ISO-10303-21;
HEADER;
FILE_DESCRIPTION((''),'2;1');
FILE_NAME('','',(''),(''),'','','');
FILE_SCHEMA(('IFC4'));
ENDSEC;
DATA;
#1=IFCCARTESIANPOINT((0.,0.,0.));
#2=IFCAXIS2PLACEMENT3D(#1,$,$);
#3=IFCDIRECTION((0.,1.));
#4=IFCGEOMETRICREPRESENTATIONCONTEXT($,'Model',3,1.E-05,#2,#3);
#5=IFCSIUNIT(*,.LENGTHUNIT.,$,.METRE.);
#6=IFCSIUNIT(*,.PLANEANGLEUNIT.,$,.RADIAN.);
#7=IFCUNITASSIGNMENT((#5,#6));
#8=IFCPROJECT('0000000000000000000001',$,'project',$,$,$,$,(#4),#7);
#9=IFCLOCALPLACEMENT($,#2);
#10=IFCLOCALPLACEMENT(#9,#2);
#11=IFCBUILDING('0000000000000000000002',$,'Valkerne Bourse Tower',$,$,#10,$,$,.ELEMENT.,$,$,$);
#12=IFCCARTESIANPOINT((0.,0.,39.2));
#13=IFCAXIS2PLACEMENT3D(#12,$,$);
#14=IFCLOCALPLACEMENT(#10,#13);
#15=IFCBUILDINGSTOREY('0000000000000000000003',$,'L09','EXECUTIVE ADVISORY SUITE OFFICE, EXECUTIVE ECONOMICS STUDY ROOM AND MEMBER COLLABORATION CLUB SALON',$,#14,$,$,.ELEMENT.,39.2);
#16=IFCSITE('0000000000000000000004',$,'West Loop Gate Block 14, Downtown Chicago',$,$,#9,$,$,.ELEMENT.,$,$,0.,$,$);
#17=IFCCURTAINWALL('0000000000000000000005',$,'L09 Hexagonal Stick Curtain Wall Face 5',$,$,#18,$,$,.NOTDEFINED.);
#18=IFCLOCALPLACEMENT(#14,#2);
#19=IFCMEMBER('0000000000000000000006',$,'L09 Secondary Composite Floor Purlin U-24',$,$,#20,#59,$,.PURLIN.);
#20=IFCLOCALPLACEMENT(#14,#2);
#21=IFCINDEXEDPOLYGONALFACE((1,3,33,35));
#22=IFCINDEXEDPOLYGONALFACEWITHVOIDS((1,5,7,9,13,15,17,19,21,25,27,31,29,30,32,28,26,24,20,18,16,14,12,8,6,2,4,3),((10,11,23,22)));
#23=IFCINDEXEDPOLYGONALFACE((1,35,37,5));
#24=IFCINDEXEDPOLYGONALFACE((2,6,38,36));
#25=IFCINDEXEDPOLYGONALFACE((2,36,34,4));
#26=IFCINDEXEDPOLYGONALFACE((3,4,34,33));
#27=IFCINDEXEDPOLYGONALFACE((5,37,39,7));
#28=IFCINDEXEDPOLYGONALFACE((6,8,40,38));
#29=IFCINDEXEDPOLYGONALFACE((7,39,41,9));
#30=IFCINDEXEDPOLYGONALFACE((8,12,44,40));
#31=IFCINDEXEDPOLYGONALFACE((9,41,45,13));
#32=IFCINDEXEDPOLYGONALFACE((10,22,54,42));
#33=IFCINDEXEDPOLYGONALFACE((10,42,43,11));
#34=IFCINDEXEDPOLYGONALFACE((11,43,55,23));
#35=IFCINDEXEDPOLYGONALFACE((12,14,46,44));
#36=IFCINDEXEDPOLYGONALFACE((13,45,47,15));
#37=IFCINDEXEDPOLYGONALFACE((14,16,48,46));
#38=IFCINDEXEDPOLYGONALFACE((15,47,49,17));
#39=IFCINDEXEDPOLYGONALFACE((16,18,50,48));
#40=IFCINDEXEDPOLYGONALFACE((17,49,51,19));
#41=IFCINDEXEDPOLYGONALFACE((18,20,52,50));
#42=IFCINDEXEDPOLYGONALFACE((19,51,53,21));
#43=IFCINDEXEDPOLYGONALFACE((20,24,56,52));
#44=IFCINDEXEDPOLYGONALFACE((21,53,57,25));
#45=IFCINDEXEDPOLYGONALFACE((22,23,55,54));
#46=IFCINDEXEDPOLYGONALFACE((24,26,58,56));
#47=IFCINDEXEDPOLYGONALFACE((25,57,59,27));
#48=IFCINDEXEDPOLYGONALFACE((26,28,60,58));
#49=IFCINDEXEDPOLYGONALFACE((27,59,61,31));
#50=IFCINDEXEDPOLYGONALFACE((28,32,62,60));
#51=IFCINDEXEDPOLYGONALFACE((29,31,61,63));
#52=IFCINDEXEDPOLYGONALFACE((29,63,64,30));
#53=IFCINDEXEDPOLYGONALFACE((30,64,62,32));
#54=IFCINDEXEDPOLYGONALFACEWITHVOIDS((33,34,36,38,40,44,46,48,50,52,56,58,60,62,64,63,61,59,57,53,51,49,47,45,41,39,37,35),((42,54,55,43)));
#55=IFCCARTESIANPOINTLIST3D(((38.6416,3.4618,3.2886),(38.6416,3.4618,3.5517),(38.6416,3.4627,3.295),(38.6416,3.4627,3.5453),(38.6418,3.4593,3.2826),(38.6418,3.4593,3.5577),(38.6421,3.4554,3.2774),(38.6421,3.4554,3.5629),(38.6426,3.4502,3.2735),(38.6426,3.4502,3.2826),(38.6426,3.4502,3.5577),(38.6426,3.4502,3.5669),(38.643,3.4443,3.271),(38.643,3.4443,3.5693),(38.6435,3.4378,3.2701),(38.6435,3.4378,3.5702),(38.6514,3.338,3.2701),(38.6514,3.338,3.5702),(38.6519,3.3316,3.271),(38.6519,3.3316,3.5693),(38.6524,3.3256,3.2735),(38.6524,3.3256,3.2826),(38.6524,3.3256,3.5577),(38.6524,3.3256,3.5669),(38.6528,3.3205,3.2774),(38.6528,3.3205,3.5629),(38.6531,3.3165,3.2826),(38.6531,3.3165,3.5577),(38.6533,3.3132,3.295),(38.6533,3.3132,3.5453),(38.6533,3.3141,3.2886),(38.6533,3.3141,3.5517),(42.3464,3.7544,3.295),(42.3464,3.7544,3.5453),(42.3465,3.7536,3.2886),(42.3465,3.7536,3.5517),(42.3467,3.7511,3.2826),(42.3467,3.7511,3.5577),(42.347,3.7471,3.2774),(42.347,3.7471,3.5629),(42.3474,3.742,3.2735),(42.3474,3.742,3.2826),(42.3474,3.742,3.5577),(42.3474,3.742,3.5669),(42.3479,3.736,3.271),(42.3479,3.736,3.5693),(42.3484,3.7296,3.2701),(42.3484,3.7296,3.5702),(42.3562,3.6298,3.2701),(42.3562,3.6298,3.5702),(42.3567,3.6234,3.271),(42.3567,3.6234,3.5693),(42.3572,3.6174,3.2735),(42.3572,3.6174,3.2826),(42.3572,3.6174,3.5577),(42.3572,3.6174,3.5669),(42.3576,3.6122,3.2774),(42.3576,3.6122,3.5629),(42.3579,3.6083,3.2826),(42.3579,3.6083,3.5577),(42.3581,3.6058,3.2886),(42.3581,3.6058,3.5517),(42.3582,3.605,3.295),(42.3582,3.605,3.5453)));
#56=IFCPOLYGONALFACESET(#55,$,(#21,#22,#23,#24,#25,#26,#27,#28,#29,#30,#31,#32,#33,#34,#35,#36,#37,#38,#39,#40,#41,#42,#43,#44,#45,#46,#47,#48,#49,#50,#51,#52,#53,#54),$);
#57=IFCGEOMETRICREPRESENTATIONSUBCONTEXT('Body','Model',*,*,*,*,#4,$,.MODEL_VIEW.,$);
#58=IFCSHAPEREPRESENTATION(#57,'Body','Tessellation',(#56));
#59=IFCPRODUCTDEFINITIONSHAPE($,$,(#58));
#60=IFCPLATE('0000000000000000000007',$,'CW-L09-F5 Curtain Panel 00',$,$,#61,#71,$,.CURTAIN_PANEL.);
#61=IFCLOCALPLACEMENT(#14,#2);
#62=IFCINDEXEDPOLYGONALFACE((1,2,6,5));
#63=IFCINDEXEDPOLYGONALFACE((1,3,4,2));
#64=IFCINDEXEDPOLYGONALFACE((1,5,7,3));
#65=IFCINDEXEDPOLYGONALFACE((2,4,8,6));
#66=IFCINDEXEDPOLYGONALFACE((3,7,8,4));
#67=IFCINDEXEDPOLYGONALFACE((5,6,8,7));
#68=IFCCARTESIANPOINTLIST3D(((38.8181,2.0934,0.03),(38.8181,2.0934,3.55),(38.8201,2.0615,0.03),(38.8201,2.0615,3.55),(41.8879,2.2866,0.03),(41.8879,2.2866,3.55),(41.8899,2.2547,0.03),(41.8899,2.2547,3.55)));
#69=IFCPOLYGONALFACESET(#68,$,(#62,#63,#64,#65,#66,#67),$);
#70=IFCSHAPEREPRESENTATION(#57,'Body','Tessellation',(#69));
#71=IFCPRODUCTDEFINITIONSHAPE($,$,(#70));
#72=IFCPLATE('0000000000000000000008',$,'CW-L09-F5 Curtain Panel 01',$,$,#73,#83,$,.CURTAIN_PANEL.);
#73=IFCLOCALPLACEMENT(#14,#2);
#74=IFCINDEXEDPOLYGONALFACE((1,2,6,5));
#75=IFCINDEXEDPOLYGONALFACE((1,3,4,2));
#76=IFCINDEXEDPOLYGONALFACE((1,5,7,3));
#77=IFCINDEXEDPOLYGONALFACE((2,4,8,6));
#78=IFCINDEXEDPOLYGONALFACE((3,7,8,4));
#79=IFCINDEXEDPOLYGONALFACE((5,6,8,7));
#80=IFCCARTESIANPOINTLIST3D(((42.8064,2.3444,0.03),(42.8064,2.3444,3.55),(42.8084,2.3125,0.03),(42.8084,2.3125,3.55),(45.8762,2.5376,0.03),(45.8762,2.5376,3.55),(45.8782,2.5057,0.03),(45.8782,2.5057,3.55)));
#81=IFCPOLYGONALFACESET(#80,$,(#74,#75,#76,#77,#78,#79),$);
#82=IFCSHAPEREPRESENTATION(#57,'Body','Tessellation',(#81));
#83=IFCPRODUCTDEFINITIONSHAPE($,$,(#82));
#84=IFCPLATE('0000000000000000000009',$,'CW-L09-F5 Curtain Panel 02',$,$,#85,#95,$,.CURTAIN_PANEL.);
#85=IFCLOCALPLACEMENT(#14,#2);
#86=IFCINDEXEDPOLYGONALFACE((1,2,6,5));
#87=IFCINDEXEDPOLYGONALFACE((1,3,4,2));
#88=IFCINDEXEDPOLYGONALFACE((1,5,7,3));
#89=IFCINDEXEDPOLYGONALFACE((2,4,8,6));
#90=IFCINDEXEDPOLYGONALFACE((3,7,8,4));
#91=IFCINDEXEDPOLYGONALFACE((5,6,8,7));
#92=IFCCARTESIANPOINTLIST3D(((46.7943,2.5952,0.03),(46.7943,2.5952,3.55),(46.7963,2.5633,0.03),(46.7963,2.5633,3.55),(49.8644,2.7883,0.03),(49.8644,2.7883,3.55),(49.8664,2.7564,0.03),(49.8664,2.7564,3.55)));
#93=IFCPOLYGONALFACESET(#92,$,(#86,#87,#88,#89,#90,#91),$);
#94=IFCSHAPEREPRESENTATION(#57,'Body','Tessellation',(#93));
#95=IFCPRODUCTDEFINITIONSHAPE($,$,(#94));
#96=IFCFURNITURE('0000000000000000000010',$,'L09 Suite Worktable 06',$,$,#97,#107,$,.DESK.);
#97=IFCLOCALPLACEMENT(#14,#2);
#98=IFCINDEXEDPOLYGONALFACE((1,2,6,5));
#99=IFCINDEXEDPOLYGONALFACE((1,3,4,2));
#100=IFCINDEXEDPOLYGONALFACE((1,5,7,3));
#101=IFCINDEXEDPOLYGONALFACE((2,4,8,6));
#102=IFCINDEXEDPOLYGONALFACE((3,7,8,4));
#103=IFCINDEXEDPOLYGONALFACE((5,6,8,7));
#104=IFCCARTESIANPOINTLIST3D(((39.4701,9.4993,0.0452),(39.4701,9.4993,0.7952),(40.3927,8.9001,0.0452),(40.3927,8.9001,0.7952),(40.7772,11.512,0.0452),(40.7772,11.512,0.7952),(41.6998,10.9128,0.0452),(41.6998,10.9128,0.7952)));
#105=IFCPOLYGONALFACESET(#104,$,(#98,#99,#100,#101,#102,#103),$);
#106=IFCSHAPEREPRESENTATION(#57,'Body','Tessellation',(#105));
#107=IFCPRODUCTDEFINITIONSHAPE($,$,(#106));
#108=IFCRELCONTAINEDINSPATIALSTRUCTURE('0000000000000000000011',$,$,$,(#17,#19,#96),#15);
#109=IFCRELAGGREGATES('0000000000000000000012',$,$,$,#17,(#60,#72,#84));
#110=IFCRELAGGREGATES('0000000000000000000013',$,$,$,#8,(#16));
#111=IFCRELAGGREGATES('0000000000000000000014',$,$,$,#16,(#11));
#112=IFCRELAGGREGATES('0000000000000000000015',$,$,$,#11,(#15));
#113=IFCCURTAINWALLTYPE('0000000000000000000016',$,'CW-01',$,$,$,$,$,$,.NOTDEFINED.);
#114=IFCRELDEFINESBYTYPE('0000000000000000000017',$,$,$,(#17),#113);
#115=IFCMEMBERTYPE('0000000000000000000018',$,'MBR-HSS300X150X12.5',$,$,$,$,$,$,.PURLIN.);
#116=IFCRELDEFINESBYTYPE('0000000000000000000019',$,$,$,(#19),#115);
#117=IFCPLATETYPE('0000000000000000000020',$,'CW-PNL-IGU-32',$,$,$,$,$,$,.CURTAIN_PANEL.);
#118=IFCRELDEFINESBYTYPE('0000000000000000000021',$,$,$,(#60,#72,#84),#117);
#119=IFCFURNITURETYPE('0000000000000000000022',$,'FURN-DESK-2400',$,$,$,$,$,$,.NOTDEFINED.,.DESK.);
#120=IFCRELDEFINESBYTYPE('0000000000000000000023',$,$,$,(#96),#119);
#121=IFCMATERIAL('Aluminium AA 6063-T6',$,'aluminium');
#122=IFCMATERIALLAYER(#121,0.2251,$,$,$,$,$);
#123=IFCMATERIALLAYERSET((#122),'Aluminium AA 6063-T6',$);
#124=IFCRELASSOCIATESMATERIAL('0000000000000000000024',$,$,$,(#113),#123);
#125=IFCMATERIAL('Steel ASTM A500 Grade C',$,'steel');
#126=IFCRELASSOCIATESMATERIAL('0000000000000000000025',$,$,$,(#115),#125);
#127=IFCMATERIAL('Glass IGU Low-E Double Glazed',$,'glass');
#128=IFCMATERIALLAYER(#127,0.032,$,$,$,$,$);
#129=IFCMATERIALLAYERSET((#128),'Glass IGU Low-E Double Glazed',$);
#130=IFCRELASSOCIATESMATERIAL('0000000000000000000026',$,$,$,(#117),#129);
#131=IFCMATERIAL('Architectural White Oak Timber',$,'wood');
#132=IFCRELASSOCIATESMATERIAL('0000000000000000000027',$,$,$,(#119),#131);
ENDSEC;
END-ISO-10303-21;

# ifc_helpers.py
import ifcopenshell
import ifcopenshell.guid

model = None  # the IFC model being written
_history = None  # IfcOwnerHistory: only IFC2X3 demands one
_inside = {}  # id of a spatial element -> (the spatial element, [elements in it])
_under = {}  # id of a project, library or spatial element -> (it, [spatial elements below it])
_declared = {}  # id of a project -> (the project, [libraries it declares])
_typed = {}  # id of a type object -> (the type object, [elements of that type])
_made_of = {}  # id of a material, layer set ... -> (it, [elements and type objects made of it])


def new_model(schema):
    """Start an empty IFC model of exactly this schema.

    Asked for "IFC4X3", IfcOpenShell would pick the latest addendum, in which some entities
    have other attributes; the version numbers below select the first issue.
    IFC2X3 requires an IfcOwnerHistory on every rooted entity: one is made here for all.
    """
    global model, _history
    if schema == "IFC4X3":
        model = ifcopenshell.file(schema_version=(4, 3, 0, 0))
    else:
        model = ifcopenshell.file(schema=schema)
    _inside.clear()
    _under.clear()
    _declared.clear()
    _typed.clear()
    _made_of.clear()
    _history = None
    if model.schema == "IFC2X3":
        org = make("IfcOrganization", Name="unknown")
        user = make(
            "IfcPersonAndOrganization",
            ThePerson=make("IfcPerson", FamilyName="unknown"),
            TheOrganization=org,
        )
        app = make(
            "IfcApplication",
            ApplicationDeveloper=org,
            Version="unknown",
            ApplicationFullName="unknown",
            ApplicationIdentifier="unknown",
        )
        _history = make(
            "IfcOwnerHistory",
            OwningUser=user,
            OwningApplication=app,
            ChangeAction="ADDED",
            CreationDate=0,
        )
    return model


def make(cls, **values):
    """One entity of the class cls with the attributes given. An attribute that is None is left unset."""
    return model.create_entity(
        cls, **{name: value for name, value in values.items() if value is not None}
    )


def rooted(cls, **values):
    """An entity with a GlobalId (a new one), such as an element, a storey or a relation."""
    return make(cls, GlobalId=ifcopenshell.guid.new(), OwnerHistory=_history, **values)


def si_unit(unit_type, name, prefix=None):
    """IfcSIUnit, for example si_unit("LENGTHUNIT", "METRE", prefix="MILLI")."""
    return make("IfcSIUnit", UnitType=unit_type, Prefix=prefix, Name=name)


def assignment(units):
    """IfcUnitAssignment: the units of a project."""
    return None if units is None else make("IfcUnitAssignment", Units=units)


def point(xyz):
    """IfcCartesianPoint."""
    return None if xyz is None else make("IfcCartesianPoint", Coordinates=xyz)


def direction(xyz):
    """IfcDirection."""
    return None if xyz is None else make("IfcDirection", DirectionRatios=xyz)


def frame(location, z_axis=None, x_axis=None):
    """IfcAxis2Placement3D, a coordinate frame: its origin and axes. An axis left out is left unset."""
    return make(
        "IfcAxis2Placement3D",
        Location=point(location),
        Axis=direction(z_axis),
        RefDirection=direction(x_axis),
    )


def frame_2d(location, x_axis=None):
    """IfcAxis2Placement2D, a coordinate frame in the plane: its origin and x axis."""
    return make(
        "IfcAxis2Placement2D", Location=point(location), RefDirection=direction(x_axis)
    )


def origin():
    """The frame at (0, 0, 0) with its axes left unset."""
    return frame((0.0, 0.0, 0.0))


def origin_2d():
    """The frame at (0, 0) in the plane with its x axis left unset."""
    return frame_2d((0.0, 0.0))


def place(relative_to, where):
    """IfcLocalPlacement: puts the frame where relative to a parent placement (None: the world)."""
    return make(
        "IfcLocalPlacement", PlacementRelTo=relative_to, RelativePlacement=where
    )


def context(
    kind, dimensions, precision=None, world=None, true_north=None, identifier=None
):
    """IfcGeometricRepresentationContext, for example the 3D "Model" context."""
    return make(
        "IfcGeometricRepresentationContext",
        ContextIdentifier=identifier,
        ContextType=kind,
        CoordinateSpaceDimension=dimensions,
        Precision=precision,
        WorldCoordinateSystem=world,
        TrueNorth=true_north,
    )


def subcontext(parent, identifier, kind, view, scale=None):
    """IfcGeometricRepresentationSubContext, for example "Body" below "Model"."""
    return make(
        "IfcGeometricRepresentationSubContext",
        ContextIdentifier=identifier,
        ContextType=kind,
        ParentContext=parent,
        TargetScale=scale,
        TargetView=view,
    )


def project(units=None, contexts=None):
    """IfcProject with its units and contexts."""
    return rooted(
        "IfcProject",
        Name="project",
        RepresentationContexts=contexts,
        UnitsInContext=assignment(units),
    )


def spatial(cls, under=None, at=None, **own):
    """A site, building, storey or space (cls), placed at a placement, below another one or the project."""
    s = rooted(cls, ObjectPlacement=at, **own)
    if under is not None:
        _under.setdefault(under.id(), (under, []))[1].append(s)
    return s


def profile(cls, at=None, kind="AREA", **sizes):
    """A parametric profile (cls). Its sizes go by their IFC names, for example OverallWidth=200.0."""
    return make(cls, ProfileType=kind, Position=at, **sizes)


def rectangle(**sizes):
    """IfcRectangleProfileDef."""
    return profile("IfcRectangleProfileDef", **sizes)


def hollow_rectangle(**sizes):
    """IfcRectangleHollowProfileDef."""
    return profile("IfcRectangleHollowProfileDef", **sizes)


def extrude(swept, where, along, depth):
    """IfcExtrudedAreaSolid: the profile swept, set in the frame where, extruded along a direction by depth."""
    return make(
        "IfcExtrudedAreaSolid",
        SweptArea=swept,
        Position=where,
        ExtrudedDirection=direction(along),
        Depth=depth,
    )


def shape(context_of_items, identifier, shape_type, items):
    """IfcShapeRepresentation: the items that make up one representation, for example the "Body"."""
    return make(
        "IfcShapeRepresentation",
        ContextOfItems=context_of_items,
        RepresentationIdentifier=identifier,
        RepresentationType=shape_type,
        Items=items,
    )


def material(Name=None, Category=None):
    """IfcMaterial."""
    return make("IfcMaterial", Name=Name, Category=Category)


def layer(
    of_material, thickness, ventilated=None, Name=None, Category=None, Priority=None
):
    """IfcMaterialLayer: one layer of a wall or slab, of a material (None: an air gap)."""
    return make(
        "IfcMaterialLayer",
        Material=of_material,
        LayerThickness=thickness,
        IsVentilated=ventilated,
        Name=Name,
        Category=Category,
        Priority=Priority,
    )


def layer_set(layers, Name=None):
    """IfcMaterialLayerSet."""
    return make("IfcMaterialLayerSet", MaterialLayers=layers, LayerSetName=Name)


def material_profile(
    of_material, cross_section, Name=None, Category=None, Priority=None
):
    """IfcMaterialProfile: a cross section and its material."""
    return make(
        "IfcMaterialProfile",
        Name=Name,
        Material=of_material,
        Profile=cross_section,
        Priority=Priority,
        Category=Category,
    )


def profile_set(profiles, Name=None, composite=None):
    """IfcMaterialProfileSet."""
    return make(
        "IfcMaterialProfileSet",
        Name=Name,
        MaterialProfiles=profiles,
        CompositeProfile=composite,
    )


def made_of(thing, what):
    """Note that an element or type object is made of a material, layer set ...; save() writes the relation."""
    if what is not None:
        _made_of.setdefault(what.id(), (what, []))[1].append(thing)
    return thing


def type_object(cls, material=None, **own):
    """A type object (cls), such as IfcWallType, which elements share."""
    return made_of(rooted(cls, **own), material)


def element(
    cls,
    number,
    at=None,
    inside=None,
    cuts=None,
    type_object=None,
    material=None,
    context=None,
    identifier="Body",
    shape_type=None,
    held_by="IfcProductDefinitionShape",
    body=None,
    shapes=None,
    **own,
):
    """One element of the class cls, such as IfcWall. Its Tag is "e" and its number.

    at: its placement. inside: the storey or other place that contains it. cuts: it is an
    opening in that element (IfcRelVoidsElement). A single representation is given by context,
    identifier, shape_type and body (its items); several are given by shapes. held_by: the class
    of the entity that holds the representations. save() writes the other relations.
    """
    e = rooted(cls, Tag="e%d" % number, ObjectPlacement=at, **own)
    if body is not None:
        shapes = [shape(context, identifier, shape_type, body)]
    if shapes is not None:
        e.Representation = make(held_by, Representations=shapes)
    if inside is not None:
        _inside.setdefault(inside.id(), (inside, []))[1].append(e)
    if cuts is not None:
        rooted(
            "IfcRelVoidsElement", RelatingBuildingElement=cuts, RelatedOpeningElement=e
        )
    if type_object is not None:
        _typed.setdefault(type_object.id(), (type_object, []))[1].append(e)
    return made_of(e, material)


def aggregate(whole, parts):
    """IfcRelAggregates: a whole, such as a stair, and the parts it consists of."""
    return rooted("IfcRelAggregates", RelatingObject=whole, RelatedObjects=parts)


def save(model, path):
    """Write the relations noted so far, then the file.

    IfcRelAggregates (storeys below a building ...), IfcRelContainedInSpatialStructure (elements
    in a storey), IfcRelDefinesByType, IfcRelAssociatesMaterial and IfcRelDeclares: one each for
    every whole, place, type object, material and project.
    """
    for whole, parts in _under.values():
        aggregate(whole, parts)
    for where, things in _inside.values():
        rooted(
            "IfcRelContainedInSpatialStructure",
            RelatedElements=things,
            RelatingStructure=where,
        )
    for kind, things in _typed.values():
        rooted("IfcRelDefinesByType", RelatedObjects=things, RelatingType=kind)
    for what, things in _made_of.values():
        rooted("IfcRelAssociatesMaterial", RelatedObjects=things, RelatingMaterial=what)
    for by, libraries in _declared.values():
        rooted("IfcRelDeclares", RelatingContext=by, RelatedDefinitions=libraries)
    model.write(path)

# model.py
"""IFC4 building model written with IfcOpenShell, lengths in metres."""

from ifc_helpers import new_model, si_unit, direction, frame, origin, origin_2d, place, context, subcontext, project, spatial, rectangle, hollow_rectangle, extrude, material, layer, layer_set, material_profile, profile_set, type_object, element, aggregate, save


model = new_model("IFC4")

# Units and contexts
model_context = context("Model", 3, precision=1e-05, world=origin(), true_north=direction((0.0, 1.0)))
body_context = subcontext(model_context, "Body", "Model", "MODEL_VIEW")
ifc_project = project(units=[si_unit("LENGTHUNIT", "METRE"), si_unit("PLANEANGLEUNIT", "RADIAN")], contexts=[model_context])

# Site, building, storey
site_placement = place(None, origin())
site = spatial("IfcSite", under=ifc_project, at=site_placement, Name="West Loop Gate Block 14, Downtown Chicago", CompositionType="ELEMENT", RefElevation=0.0)
building_placement = place(site_placement, origin())
building = spatial("IfcBuilding", under=site, at=building_placement, Name="Valkerne Bourse Tower", CompositionType="ELEMENT")
storey_placement = place(building_placement, frame((0.0, 0.0, 39.2)))
storey = spatial("IfcBuildingStorey", under=building, at=storey_placement, Name="L09", Description="EXECUTIVE ADVISORY SUITE OFFICE, EXECUTIVE ECONOMICS STUDY ROOM AND MEMBER COLLABORATION CLUB SALON", CompositionType="ELEMENT", Elevation=39.2)

# Curtain wall
ifc_material_1 = material(Name="Aluminium AA 6063-T6", Category="aluminium")
ifc_layer_1 = layer(ifc_material_1, 0.2251)
ifc_layer_set_1 = layer_set([ifc_layer_1], Name="Aluminium AA 6063-T6")
curtain_wall_type = type_object("IfcCurtainWallType", Name="CW-01", PredefinedType="NOTDEFINED", material=ifc_layer_set_1)
curtain_wall_placement = place(storey_placement, origin())
curtain_wall = element("IfcCurtainWall", 1, at=curtain_wall_placement, inside=storey, type_object=curtain_wall_type, Name="L09 Hexagonal Stick Curtain Wall Face 5", PredefinedType="NOTDEFINED")

# Member
ifc_material_2 = material(Name="Steel ASTM A500 Grade C", Category="steel")
ifc_material_profile_1 = material_profile(ifc_material_2, hollow_rectangle(XDim=0.1499, YDim=0.3, WallThickness=0.0125, OuterFilletRadius=0.0249, at=origin_2d()), Name="HSS300X150X12.5")
ifc_profile_set_1 = profile_set([ifc_material_profile_1], Name="Steel ASTM A500 Grade C")
member_type_1 = type_object("IfcMemberType", Name="MBR-HSS300X150X12.5", PredefinedType="PURLIN", material=ifc_profile_set_1)
member_1_placement = place(storey_placement, frame((38.6475, 3.3879, 3.4202), z_axis=(0.996914, 0.078505, 0.0), x_axis=(-0.078505, 0.996914, 0.0)))
element("IfcMember", 2, at=member_1_placement, inside=storey, type_object=member_type_1, Name="L09 Secondary Composite Floor Purlin U-24", PredefinedType="PURLIN", context=body_context, shape_type="SweptSolid", body=[
    extrude(hollow_rectangle(XDim=0.1499, YDim=0.3, WallThickness=0.0125, OuterFilletRadius=0.0249, at=origin_2d()), origin(), (0.0, 0.0, 1.0), 3.7163),
])

# Plates
ifc_material_3 = material(Name="Glass IGU Low-E Double Glazed", Category="glass")
ifc_layer_2 = layer(ifc_material_3, 0.032)
ifc_layer_set_2 = layer_set([ifc_layer_2], Name="Glass IGU Low-E Double Glazed")
plate_type = type_object("IfcPlateType", Name="CW-PNL-IGU-32", PredefinedType="CURTAIN_PANEL", material=ifc_layer_set_2)
plate_1_placement = place(storey_placement, frame((40.354, 2.1741, 0.03), z_axis=(0.0, 0.0, 1.0), x_axis=(0.998025, 0.062813, 0.0)))
plate_1 = element("IfcPlate", 3, at=plate_1_placement, type_object=plate_type, Name="CW-L09-F5 Curtain Panel 00", PredefinedType="CURTAIN_PANEL", context=body_context, shape_type="SweptSolid", body=[
    extrude(rectangle(XDim=3.0759, YDim=0.032, at=origin_2d()), origin(), (0.0, 0.0, 1.0), 3.52),
])
plate_2_placement = place(storey_placement, frame((44.3423, 2.425, 0.03), z_axis=(0.0, 0.0, 1.0), x_axis=(0.998027, 0.062788, 0.0)))
plate_2 = element("IfcPlate", 4, at=plate_2_placement, type_object=plate_type, Name="CW-L09-F5 Curtain Panel 01", PredefinedType="CURTAIN_PANEL", context=body_context, shape_type="SweptSolid", body=[
    extrude(rectangle(XDim=3.0759, YDim=0.032, at=origin_2d()), origin(), (0.0, 0.0, 1.0), 3.52),
])
plate_3_placement = place(storey_placement, frame((48.3303, 2.6758, 0.03), z_axis=(0.0, 0.0, 1.0), x_axis=(0.998027, 0.062786, 0.0)))
plate_3 = element("IfcPlate", 5, at=plate_3_placement, type_object=plate_type, Name="CW-L09-F5 Curtain Panel 02", PredefinedType="CURTAIN_PANEL", context=body_context, shape_type="SweptSolid", body=[
    extrude(rectangle(XDim=3.0762, YDim=0.032, at=origin_2d()), origin(), (0.0, 0.0, 1.0), 3.52),
])
aggregate(curtain_wall, [plate_1, plate_2, plate_3])

# Furniture
ifc_material_4 = material(Name="Architectural White Oak Timber", Category="wood")
furniture_type = type_object("IfcFurnitureType", Name="FURN-DESK-2400", AssemblyPlace="NOTDEFINED", PredefinedType="DESK", material=ifc_material_4)
furniture_placement = place(storey_placement, frame((40.585, 10.2061, 0.0452), z_axis=(0.0, 0.0, 1.0), x_axis=(0.544639, 0.838671, 0.0)))
element("IfcFurniture", 6, at=furniture_placement, inside=storey, type_object=furniture_type, Name="L09 Suite Worktable 06", PredefinedType="DESK", context=body_context, shape_type="SweptSolid", body=[
    extrude(rectangle(XDim=2.3999, YDim=1.1001, at=origin_2d()), origin(), (0.0, 0.0, 1.0), 0.75),
])

save(model, "model.ifc")
